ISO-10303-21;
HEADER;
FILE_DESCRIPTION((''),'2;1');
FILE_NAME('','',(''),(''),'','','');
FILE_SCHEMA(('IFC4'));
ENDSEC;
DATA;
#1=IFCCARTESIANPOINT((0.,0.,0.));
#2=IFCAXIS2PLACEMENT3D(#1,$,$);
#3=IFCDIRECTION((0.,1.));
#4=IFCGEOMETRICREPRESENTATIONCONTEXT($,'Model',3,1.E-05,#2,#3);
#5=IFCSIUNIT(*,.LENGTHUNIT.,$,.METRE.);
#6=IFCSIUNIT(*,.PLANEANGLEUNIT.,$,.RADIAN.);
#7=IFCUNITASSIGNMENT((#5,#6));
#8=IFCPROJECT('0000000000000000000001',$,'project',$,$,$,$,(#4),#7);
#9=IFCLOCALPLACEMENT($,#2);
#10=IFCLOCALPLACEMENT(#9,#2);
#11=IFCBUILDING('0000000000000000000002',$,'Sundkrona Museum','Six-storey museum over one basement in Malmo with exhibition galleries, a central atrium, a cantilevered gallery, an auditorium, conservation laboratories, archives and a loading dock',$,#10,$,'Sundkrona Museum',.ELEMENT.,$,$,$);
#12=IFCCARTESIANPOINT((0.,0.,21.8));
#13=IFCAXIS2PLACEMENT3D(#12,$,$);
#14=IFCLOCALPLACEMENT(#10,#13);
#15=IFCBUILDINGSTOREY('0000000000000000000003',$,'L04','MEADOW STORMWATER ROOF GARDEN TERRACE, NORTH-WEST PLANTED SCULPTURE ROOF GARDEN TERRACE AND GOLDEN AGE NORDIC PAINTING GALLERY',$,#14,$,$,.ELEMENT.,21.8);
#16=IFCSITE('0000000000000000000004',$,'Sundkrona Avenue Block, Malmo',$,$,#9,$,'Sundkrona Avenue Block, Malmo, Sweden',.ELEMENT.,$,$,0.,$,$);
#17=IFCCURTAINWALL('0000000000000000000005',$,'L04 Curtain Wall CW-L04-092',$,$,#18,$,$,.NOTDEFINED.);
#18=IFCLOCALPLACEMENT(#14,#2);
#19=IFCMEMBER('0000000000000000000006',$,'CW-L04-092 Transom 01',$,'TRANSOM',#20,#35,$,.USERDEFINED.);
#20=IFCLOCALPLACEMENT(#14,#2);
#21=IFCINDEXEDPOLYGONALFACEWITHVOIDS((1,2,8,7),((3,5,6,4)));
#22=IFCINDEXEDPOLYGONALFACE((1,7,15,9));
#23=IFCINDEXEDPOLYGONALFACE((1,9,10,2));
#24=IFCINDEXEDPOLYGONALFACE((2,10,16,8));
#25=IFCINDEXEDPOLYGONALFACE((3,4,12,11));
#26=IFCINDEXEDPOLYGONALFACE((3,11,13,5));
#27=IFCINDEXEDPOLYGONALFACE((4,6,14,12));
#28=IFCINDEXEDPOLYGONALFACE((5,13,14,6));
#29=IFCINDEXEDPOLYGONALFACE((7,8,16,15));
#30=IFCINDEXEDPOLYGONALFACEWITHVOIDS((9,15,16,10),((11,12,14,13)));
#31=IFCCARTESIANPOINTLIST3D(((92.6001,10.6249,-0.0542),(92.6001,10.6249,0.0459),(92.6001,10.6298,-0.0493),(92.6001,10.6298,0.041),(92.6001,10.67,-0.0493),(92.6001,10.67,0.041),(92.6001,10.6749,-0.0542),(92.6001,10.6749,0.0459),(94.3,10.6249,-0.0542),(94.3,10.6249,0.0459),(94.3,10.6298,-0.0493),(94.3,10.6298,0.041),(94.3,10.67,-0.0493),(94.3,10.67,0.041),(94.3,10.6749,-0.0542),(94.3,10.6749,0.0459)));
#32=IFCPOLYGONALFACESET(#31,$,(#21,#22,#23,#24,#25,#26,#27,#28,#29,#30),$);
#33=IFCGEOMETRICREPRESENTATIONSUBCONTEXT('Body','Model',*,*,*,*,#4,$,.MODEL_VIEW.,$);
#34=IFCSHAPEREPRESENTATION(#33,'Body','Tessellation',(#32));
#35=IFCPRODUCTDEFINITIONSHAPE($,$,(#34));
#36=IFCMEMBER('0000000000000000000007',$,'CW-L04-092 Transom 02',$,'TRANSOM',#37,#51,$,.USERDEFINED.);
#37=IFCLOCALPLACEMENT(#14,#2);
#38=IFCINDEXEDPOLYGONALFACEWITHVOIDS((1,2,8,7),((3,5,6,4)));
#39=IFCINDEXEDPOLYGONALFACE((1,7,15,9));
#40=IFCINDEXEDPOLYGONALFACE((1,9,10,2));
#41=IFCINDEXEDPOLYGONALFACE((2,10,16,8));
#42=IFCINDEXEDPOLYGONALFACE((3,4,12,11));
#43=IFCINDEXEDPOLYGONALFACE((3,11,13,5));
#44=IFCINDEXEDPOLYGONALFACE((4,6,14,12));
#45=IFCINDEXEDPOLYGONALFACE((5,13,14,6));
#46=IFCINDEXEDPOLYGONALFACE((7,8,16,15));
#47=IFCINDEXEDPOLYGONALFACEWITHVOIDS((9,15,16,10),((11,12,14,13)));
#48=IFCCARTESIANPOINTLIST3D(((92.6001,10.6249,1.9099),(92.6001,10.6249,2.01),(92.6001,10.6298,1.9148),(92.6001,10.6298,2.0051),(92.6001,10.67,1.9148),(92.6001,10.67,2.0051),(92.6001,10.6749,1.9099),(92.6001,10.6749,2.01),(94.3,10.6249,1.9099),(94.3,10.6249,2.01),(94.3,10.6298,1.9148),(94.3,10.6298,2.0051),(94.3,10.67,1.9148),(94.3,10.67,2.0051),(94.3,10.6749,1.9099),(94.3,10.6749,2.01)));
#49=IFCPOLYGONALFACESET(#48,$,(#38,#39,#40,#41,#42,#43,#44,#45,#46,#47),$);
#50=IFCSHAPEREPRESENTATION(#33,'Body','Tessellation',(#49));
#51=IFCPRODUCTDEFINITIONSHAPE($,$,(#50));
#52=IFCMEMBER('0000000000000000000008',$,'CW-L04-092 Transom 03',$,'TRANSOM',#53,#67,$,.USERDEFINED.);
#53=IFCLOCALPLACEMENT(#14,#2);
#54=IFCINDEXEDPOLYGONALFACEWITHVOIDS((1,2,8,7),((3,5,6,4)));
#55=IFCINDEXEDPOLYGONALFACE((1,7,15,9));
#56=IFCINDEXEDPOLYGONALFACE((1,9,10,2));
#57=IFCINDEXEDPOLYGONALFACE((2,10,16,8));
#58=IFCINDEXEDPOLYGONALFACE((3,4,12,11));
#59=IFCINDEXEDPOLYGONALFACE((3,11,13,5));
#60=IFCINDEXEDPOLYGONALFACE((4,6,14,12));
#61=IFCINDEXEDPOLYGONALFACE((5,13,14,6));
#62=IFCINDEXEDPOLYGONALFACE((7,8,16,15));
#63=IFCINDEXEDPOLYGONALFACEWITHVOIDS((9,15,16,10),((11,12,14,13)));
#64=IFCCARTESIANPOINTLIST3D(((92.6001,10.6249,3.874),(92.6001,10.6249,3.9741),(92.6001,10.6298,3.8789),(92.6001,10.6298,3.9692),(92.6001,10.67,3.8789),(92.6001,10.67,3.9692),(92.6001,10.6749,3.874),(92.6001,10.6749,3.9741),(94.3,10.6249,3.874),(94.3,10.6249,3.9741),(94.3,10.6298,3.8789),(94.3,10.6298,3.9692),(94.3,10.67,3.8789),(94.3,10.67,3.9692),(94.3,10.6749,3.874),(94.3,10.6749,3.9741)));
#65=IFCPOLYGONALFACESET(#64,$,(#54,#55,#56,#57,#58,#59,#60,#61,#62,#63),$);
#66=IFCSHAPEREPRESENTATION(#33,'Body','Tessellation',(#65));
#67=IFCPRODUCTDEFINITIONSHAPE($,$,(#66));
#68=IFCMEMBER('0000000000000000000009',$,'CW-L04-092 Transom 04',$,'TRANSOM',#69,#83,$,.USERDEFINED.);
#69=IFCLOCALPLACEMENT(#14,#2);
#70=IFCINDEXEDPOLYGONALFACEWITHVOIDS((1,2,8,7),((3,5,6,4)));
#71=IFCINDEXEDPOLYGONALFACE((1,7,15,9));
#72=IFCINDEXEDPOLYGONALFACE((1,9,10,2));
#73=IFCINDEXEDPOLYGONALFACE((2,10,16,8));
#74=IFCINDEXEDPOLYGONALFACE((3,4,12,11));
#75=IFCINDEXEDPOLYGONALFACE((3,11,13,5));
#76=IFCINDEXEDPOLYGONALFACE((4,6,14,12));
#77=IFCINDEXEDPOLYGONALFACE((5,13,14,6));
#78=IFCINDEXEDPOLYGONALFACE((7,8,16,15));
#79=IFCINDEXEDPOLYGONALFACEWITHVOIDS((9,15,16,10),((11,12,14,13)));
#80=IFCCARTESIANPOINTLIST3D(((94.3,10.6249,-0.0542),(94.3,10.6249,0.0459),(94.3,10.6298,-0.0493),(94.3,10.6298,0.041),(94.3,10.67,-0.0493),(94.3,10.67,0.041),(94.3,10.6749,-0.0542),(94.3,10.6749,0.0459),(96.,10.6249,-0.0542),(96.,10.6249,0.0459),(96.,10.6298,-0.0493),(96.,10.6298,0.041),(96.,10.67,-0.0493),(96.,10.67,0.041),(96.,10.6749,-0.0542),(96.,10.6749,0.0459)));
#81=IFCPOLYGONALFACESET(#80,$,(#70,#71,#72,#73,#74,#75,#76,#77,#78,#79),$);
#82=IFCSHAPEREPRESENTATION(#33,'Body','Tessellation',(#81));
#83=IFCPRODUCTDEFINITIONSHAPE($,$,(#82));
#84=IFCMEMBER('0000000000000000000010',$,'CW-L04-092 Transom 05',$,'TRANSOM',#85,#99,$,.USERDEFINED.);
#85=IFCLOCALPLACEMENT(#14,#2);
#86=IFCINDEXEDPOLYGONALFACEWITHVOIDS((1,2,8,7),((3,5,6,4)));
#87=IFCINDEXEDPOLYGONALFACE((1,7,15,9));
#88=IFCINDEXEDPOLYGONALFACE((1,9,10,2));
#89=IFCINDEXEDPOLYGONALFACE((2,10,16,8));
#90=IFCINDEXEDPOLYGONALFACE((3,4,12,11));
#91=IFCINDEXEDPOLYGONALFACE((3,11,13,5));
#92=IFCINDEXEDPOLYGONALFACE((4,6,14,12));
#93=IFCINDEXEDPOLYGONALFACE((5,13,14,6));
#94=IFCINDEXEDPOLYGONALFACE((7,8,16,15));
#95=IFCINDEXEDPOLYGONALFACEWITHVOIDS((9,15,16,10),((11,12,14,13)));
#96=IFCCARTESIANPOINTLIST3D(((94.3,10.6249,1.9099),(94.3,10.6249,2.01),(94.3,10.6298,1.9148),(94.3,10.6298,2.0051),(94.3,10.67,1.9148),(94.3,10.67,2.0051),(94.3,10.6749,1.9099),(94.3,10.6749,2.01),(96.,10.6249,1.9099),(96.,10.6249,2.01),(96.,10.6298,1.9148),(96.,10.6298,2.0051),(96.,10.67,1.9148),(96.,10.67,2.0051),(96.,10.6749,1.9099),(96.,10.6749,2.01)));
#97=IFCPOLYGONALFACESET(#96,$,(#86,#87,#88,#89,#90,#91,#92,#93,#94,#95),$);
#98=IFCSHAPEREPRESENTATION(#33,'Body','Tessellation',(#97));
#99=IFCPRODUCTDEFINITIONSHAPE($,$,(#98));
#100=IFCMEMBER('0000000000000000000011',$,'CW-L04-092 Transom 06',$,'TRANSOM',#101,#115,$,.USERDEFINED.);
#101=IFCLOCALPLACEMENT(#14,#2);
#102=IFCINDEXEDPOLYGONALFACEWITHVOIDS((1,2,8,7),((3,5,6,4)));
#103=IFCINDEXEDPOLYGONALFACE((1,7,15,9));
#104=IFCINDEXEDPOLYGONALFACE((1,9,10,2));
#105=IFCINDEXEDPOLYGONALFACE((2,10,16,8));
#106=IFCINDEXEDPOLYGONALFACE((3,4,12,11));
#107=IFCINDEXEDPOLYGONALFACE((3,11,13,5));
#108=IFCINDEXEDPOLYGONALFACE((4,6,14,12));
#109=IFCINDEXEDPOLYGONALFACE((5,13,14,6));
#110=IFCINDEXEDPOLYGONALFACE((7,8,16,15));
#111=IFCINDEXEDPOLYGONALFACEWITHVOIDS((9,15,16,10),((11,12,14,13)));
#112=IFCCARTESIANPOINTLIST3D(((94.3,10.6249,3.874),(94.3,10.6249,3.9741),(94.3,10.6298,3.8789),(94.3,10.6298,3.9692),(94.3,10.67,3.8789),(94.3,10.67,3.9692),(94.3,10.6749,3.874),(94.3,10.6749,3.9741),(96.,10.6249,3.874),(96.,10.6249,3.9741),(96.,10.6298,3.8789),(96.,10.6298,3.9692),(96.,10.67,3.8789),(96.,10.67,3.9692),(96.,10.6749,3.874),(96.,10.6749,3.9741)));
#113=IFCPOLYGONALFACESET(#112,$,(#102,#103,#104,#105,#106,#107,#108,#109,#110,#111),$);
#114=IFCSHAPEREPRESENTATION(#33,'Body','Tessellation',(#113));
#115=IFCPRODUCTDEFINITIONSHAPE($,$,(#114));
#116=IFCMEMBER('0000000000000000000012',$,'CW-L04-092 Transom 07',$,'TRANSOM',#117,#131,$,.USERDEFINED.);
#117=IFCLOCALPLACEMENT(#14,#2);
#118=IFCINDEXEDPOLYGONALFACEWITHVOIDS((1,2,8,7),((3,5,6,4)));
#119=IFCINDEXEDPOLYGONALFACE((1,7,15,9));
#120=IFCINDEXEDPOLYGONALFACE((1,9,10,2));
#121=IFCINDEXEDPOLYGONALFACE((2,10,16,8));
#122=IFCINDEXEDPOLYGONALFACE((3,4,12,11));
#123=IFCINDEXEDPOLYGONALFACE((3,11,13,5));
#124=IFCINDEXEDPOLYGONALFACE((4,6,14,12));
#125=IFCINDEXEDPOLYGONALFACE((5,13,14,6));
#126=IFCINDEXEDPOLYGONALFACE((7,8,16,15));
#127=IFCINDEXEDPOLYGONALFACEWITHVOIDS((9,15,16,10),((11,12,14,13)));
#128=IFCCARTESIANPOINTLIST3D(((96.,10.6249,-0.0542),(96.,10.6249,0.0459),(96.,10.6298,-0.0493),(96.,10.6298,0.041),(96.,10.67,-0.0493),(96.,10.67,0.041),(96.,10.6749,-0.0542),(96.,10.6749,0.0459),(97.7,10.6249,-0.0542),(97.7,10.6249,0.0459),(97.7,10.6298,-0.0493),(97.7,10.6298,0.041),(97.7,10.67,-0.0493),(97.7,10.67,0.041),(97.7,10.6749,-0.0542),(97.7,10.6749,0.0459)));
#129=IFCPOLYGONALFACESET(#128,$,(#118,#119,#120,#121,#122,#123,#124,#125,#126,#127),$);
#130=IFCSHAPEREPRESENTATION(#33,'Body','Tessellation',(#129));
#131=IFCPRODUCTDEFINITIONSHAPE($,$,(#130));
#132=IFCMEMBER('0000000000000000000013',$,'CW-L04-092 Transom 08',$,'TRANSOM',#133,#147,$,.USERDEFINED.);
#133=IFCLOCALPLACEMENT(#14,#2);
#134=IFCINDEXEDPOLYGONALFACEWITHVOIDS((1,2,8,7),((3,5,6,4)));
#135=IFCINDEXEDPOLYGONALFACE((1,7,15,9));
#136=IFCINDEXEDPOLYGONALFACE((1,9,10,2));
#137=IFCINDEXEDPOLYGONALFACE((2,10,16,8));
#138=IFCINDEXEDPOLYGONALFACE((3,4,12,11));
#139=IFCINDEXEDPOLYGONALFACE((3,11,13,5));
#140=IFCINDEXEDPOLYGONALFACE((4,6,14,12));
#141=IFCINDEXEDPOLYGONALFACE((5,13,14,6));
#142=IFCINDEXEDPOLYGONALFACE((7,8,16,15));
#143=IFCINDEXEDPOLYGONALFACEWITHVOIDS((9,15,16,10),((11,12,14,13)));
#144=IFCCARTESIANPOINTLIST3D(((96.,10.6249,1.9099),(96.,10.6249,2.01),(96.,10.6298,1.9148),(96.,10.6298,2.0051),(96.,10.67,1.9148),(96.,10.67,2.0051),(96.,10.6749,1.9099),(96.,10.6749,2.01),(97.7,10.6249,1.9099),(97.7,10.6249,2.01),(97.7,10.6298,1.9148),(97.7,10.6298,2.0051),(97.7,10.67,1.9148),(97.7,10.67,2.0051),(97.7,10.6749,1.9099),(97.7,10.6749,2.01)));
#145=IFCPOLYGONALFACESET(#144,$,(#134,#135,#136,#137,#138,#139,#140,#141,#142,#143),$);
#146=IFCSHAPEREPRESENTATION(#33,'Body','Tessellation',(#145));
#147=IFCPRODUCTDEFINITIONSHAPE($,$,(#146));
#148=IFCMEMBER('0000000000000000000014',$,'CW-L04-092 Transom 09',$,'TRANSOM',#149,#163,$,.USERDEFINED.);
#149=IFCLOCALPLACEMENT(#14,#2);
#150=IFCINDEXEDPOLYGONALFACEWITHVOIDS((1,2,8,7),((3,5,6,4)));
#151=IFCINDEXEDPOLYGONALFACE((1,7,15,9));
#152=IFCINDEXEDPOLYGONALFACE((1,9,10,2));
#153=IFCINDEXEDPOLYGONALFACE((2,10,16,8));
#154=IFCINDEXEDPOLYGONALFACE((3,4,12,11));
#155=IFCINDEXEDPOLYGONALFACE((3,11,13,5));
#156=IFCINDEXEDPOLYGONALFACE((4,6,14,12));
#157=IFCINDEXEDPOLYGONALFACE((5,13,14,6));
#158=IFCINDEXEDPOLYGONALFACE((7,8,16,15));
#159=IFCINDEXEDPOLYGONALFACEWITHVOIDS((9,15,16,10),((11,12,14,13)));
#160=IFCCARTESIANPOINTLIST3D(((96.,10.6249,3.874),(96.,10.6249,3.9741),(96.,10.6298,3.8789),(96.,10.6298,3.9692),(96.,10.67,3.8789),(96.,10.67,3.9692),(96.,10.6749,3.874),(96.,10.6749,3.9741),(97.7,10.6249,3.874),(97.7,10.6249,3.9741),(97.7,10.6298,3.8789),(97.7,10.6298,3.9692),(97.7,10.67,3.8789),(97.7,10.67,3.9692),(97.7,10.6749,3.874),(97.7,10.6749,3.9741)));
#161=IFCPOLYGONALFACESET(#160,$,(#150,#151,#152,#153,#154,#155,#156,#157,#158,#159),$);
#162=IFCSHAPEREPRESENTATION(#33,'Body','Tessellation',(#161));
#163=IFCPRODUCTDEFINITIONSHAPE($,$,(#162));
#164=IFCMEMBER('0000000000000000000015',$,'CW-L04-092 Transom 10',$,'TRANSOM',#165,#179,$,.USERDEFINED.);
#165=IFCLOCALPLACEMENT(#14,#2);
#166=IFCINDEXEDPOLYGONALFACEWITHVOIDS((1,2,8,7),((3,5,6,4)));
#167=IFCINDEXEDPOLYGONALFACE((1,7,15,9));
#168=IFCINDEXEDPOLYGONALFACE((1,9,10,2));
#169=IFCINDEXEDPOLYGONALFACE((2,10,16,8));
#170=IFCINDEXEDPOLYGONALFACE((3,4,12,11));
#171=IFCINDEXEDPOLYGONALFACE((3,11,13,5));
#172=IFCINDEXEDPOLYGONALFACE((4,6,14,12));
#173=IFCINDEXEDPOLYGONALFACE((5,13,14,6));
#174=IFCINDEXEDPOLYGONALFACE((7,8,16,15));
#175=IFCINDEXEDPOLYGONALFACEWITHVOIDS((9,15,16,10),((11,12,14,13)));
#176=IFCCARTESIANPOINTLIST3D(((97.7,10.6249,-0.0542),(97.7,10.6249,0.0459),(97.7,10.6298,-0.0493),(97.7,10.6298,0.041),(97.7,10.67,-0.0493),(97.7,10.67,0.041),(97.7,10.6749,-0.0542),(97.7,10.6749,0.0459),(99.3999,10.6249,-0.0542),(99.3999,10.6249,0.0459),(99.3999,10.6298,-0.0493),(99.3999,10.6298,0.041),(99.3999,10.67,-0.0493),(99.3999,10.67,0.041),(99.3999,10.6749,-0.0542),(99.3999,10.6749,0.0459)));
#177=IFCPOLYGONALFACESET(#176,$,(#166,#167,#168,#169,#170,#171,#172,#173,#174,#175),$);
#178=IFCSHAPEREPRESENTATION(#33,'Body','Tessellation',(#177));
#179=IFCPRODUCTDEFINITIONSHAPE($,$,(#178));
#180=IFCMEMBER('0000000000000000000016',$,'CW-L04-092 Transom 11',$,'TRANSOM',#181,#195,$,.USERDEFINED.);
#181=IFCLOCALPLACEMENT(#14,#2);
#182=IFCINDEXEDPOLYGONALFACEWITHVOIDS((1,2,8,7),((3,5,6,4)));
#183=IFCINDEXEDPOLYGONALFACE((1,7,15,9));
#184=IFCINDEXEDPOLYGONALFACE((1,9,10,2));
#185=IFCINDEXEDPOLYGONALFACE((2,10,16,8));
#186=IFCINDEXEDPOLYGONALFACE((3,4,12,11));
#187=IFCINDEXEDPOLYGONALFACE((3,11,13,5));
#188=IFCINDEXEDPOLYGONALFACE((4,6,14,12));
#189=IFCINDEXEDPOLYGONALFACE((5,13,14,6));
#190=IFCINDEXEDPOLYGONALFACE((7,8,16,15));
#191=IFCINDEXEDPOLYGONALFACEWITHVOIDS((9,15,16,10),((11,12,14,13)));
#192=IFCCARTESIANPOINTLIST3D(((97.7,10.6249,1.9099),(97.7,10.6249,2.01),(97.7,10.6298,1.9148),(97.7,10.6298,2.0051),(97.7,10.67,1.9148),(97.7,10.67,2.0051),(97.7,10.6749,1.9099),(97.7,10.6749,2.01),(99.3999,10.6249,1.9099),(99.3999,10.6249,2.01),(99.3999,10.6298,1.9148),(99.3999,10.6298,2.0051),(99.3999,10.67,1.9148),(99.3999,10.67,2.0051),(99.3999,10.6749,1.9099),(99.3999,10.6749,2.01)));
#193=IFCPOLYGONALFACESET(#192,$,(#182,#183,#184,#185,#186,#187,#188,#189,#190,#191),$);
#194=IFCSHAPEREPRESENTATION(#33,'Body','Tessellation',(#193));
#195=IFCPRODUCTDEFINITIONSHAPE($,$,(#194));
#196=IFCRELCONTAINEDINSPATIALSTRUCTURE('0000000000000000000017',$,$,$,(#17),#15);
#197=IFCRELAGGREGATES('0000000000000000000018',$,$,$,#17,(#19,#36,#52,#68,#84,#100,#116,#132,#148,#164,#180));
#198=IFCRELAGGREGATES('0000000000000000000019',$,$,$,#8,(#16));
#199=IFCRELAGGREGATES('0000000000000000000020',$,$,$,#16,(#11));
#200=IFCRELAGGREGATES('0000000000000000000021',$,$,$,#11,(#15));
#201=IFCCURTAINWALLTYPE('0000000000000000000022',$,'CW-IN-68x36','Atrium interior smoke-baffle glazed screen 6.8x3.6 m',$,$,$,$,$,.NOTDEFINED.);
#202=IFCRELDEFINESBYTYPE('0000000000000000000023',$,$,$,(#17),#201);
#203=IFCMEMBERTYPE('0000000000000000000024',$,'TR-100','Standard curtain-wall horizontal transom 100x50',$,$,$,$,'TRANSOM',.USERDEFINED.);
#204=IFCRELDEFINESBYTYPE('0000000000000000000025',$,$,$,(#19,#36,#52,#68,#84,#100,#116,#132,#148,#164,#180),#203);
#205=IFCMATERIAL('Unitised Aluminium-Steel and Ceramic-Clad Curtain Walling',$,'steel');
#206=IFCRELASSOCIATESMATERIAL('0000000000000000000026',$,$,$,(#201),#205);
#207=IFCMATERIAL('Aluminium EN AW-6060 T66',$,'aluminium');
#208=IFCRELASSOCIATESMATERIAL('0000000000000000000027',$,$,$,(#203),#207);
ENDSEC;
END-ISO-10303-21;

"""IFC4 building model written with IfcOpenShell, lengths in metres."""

from ifc_helpers import new_model, si_unit, direction, frame, origin, origin_2d, place, context, subcontext, project, spatial, hollow_rectangle, extrude, material, material_profile, profile_set, type_object, element, aggregate, save


model = new_model("IFC4")

# Units and contexts
model_context = context("Model", 3, precision=1e-05, world=origin(), true_north=direction((0.0, 1.0)))
body_context = subcontext(model_context, "Body", "Model", "MODEL_VIEW")
ifc_project = project(units=[si_unit("LENGTHUNIT", "METRE"), si_unit("PLANEANGLEUNIT", "RADIAN")], contexts=[model_context])

# Site, building, storey
site_placement = place(None, origin())
site = spatial("IfcSite", under=ifc_project, at=site_placement, Name="Sundkrona Avenue Block, Malmo", LongName="Sundkrona Avenue Block, Malmo, Sweden", CompositionType="ELEMENT", RefElevation=0.0)
building_placement = place(site_placement, origin())
building = spatial("IfcBuilding", under=site, at=building_placement, Name="Sundkrona Museum", Description="Six-storey museum over one basement in Malmo with exhibition galleries, a central atrium, a cantilevered gallery, an auditorium, conservation laboratories, archives and a loading dock", LongName="Sundkrona Museum", CompositionType="ELEMENT")
storey_placement = place(building_placement, frame((0.0, 0.0, 21.8)))
storey = spatial("IfcBuildingStorey", under=building, at=storey_placement, Name="L04", Description="MEADOW STORMWATER ROOF GARDEN TERRACE, NORTH-WEST PLANTED SCULPTURE ROOF GARDEN TERRACE AND GOLDEN AGE NORDIC PAINTING GALLERY", CompositionType="ELEMENT", Elevation=21.8)

# Curtain wall, members
ifc_material_1 = material(Name="Unitised Aluminium-Steel and Ceramic-Clad Curtain Walling", Category="steel")
curtain_wall_type = type_object("IfcCurtainWallType", Name="CW-IN-68x36", Description="Atrium interior smoke-baffle glazed screen 6.8x3.6 m", PredefinedType="NOTDEFINED", material=ifc_material_1)
curtain_wall_placement = place(storey_placement, origin())
curtain_wall = element("IfcCurtainWall", 1, at=curtain_wall_placement, inside=storey, type_object=curtain_wall_type, Name="L04 Curtain Wall CW-L04-092", PredefinedType="NOTDEFINED")
ifc_material_2 = material(Name="Aluminium EN AW-6060 T66", Category="aluminium")
ifc_material_profile_1 = material_profile(ifc_material_2, hollow_rectangle(XDim=0.05, YDim=0.1001, WallThickness=0.0049, at=origin_2d()), Name="RHS 100x50x5.0")
ifc_profile_set_1 = profile_set([ifc_material_profile_1], Name="Aluminium EN AW-6060 T66")
member_type_1 = type_object("IfcMemberType", Name="TR-100", Description="Standard curtain-wall horizontal transom 100x50", ElementType="TRANSOM", PredefinedType="USERDEFINED", material=ifc_profile_set_1)
member_1_placement = place(storey_placement, frame((92.6001, 10.6499, -0.0042), z_axis=(1.0, 0.0, 0.0), x_axis=(0.0, 1.0, 0.0)))
member_1 = element("IfcMember", 2, at=member_1_placement, type_object=member_type_1, Name="CW-L04-092 Transom 01", ObjectType="TRANSOM", PredefinedType="USERDEFINED", context=body_context, shape_type="SweptSolid", body=[
    extrude(hollow_rectangle(XDim=0.05, YDim=0.1001, WallThickness=0.0049, at=origin_2d()), origin(), (0.0, 0.0, 1.0), 1.7),
])
member_2_placement = place(storey_placement, frame((92.6001, 10.6499, 1.96), z_axis=(1.0, 0.0, 0.0), x_axis=(0.0, 1.0, 0.0)))
member_2 = element("IfcMember", 3, at=member_2_placement, type_object=member_type_1, Name="CW-L04-092 Transom 02", ObjectType="TRANSOM", PredefinedType="USERDEFINED", context=body_context, shape_type="SweptSolid", body=[
    extrude(hollow_rectangle(XDim=0.05, YDim=0.1001, WallThickness=0.0049, at=origin_2d()), origin(), (0.0, 0.0, 1.0), 1.7),
])
member_3_placement = place(storey_placement, frame((92.6001, 10.6499, 3.9241), z_axis=(1.0, 0.0, 0.0), x_axis=(0.0, 1.0, 0.0)))
member_3 = element("IfcMember", 4, at=member_3_placement, type_object=member_type_1, Name="CW-L04-092 Transom 03", ObjectType="TRANSOM", PredefinedType="USERDEFINED", context=body_context, shape_type="SweptSolid", body=[
    extrude(hollow_rectangle(XDim=0.05, YDim=0.1001, WallThickness=0.0049, at=origin_2d()), origin(), (0.0, 0.0, 1.0), 1.7),
])
member_4_placement = place(storey_placement, frame((94.3, 10.6499, -0.0042), z_axis=(1.0, 0.0, 0.0), x_axis=(0.0, 1.0, 0.0)))
member_4 = element("IfcMember", 5, at=member_4_placement, type_object=member_type_1, Name="CW-L04-092 Transom 04", ObjectType="TRANSOM", PredefinedType="USERDEFINED", context=body_context, shape_type="SweptSolid", body=[
    extrude(hollow_rectangle(XDim=0.05, YDim=0.1001, WallThickness=0.0049, at=origin_2d()), origin(), (0.0, 0.0, 1.0), 1.7),
])
member_5_placement = place(storey_placement, frame((94.3, 10.6499, 1.96), z_axis=(1.0, 0.0, 0.0), x_axis=(0.0, 1.0, 0.0)))
member_5 = element("IfcMember", 6, at=member_5_placement, type_object=member_type_1, Name="CW-L04-092 Transom 05", ObjectType="TRANSOM", PredefinedType="USERDEFINED", context=body_context, shape_type="SweptSolid", body=[
    extrude(hollow_rectangle(XDim=0.05, YDim=0.1001, WallThickness=0.0049, at=origin_2d()), origin(), (0.0, 0.0, 1.0), 1.7),
])
member_6_placement = place(storey_placement, frame((94.3, 10.6499, 3.9241), z_axis=(1.0, 0.0, 0.0), x_axis=(0.0, 1.0, 0.0)))
member_6 = element("IfcMember", 7, at=member_6_placement, type_object=member_type_1, Name="CW-L04-092 Transom 06", ObjectType="TRANSOM", PredefinedType="USERDEFINED", context=body_context, shape_type="SweptSolid", body=[
    extrude(hollow_rectangle(XDim=0.05, YDim=0.1001, WallThickness=0.0049, at=origin_2d()), origin(), (0.0, 0.0, 1.0), 1.7),
])
member_7_placement = place(storey_placement, frame((96.0, 10.6499, -0.0042), z_axis=(1.0, 0.0, 0.0), x_axis=(0.0, 1.0, 0.0)))
member_7 = element("IfcMember", 8, at=member_7_placement, type_object=member_type_1, Name="CW-L04-092 Transom 07", ObjectType="TRANSOM", PredefinedType="USERDEFINED", context=body_context, shape_type="SweptSolid", body=[
    extrude(hollow_rectangle(XDim=0.05, YDim=0.1001, WallThickness=0.0049, at=origin_2d()), origin(), (0.0, 0.0, 1.0), 1.7),
])
member_8_placement = place(storey_placement, frame((96.0, 10.6499, 1.96), z_axis=(1.0, 0.0, 0.0), x_axis=(0.0, 1.0, 0.0)))
member_8 = element("IfcMember", 9, at=member_8_placement, type_object=member_type_1, Name="CW-L04-092 Transom 08", ObjectType="TRANSOM", PredefinedType="USERDEFINED", context=body_context, shape_type="SweptSolid", body=[
    extrude(hollow_rectangle(XDim=0.05, YDim=0.1001, WallThickness=0.0049, at=origin_2d()), origin(), (0.0, 0.0, 1.0), 1.7),
])
member_9_placement = place(storey_placement, frame((96.0, 10.6499, 3.9241), z_axis=(1.0, 0.0, 0.0), x_axis=(0.0, 1.0, 0.0)))
member_9 = element("IfcMember", 10, at=member_9_placement, type_object=member_type_1, Name="CW-L04-092 Transom 09", ObjectType="TRANSOM", PredefinedType="USERDEFINED", context=body_context, shape_type="SweptSolid", body=[
    extrude(hollow_rectangle(XDim=0.05, YDim=0.1001, WallThickness=0.0049, at=origin_2d()), origin(), (0.0, 0.0, 1.0), 1.7),
])
member_10_placement = place(storey_placement, frame((97.7, 10.6499, -0.0042), z_axis=(1.0, 0.0, 0.0), x_axis=(0.0, 1.0, 0.0)))
member_10 = element("IfcMember", 11, at=member_10_placement, type_object=member_type_1, Name="CW-L04-092 Transom 10", ObjectType="TRANSOM", PredefinedType="USERDEFINED", context=body_context, shape_type="SweptSolid", body=[
    extrude(hollow_rectangle(XDim=0.05, YDim=0.1001, WallThickness=0.0049, at=origin_2d()), origin(), (0.0, 0.0, 1.0), 1.7),
])
member_11_placement = place(storey_placement, frame((97.7, 10.6499, 1.96), z_axis=(1.0, 0.0, 0.0), x_axis=(0.0, 1.0, 0.0)))
member_11 = element("IfcMember", 12, at=member_11_placement, type_object=member_type_1, Name="CW-L04-092 Transom 11", ObjectType="TRANSOM", PredefinedType="USERDEFINED", context=body_context, shape_type="SweptSolid", body=[
    extrude(hollow_rectangle(XDim=0.05, YDim=0.1001, WallThickness=0.0049, at=origin_2d()), origin(), (0.0, 0.0, 1.0), 1.7),
])
aggregate(curtain_wall, [member_1, member_2, member_3, member_4, member_5, member_6, member_7, member_8, member_9, member_10, member_11])

save(model, "model.ifc")
